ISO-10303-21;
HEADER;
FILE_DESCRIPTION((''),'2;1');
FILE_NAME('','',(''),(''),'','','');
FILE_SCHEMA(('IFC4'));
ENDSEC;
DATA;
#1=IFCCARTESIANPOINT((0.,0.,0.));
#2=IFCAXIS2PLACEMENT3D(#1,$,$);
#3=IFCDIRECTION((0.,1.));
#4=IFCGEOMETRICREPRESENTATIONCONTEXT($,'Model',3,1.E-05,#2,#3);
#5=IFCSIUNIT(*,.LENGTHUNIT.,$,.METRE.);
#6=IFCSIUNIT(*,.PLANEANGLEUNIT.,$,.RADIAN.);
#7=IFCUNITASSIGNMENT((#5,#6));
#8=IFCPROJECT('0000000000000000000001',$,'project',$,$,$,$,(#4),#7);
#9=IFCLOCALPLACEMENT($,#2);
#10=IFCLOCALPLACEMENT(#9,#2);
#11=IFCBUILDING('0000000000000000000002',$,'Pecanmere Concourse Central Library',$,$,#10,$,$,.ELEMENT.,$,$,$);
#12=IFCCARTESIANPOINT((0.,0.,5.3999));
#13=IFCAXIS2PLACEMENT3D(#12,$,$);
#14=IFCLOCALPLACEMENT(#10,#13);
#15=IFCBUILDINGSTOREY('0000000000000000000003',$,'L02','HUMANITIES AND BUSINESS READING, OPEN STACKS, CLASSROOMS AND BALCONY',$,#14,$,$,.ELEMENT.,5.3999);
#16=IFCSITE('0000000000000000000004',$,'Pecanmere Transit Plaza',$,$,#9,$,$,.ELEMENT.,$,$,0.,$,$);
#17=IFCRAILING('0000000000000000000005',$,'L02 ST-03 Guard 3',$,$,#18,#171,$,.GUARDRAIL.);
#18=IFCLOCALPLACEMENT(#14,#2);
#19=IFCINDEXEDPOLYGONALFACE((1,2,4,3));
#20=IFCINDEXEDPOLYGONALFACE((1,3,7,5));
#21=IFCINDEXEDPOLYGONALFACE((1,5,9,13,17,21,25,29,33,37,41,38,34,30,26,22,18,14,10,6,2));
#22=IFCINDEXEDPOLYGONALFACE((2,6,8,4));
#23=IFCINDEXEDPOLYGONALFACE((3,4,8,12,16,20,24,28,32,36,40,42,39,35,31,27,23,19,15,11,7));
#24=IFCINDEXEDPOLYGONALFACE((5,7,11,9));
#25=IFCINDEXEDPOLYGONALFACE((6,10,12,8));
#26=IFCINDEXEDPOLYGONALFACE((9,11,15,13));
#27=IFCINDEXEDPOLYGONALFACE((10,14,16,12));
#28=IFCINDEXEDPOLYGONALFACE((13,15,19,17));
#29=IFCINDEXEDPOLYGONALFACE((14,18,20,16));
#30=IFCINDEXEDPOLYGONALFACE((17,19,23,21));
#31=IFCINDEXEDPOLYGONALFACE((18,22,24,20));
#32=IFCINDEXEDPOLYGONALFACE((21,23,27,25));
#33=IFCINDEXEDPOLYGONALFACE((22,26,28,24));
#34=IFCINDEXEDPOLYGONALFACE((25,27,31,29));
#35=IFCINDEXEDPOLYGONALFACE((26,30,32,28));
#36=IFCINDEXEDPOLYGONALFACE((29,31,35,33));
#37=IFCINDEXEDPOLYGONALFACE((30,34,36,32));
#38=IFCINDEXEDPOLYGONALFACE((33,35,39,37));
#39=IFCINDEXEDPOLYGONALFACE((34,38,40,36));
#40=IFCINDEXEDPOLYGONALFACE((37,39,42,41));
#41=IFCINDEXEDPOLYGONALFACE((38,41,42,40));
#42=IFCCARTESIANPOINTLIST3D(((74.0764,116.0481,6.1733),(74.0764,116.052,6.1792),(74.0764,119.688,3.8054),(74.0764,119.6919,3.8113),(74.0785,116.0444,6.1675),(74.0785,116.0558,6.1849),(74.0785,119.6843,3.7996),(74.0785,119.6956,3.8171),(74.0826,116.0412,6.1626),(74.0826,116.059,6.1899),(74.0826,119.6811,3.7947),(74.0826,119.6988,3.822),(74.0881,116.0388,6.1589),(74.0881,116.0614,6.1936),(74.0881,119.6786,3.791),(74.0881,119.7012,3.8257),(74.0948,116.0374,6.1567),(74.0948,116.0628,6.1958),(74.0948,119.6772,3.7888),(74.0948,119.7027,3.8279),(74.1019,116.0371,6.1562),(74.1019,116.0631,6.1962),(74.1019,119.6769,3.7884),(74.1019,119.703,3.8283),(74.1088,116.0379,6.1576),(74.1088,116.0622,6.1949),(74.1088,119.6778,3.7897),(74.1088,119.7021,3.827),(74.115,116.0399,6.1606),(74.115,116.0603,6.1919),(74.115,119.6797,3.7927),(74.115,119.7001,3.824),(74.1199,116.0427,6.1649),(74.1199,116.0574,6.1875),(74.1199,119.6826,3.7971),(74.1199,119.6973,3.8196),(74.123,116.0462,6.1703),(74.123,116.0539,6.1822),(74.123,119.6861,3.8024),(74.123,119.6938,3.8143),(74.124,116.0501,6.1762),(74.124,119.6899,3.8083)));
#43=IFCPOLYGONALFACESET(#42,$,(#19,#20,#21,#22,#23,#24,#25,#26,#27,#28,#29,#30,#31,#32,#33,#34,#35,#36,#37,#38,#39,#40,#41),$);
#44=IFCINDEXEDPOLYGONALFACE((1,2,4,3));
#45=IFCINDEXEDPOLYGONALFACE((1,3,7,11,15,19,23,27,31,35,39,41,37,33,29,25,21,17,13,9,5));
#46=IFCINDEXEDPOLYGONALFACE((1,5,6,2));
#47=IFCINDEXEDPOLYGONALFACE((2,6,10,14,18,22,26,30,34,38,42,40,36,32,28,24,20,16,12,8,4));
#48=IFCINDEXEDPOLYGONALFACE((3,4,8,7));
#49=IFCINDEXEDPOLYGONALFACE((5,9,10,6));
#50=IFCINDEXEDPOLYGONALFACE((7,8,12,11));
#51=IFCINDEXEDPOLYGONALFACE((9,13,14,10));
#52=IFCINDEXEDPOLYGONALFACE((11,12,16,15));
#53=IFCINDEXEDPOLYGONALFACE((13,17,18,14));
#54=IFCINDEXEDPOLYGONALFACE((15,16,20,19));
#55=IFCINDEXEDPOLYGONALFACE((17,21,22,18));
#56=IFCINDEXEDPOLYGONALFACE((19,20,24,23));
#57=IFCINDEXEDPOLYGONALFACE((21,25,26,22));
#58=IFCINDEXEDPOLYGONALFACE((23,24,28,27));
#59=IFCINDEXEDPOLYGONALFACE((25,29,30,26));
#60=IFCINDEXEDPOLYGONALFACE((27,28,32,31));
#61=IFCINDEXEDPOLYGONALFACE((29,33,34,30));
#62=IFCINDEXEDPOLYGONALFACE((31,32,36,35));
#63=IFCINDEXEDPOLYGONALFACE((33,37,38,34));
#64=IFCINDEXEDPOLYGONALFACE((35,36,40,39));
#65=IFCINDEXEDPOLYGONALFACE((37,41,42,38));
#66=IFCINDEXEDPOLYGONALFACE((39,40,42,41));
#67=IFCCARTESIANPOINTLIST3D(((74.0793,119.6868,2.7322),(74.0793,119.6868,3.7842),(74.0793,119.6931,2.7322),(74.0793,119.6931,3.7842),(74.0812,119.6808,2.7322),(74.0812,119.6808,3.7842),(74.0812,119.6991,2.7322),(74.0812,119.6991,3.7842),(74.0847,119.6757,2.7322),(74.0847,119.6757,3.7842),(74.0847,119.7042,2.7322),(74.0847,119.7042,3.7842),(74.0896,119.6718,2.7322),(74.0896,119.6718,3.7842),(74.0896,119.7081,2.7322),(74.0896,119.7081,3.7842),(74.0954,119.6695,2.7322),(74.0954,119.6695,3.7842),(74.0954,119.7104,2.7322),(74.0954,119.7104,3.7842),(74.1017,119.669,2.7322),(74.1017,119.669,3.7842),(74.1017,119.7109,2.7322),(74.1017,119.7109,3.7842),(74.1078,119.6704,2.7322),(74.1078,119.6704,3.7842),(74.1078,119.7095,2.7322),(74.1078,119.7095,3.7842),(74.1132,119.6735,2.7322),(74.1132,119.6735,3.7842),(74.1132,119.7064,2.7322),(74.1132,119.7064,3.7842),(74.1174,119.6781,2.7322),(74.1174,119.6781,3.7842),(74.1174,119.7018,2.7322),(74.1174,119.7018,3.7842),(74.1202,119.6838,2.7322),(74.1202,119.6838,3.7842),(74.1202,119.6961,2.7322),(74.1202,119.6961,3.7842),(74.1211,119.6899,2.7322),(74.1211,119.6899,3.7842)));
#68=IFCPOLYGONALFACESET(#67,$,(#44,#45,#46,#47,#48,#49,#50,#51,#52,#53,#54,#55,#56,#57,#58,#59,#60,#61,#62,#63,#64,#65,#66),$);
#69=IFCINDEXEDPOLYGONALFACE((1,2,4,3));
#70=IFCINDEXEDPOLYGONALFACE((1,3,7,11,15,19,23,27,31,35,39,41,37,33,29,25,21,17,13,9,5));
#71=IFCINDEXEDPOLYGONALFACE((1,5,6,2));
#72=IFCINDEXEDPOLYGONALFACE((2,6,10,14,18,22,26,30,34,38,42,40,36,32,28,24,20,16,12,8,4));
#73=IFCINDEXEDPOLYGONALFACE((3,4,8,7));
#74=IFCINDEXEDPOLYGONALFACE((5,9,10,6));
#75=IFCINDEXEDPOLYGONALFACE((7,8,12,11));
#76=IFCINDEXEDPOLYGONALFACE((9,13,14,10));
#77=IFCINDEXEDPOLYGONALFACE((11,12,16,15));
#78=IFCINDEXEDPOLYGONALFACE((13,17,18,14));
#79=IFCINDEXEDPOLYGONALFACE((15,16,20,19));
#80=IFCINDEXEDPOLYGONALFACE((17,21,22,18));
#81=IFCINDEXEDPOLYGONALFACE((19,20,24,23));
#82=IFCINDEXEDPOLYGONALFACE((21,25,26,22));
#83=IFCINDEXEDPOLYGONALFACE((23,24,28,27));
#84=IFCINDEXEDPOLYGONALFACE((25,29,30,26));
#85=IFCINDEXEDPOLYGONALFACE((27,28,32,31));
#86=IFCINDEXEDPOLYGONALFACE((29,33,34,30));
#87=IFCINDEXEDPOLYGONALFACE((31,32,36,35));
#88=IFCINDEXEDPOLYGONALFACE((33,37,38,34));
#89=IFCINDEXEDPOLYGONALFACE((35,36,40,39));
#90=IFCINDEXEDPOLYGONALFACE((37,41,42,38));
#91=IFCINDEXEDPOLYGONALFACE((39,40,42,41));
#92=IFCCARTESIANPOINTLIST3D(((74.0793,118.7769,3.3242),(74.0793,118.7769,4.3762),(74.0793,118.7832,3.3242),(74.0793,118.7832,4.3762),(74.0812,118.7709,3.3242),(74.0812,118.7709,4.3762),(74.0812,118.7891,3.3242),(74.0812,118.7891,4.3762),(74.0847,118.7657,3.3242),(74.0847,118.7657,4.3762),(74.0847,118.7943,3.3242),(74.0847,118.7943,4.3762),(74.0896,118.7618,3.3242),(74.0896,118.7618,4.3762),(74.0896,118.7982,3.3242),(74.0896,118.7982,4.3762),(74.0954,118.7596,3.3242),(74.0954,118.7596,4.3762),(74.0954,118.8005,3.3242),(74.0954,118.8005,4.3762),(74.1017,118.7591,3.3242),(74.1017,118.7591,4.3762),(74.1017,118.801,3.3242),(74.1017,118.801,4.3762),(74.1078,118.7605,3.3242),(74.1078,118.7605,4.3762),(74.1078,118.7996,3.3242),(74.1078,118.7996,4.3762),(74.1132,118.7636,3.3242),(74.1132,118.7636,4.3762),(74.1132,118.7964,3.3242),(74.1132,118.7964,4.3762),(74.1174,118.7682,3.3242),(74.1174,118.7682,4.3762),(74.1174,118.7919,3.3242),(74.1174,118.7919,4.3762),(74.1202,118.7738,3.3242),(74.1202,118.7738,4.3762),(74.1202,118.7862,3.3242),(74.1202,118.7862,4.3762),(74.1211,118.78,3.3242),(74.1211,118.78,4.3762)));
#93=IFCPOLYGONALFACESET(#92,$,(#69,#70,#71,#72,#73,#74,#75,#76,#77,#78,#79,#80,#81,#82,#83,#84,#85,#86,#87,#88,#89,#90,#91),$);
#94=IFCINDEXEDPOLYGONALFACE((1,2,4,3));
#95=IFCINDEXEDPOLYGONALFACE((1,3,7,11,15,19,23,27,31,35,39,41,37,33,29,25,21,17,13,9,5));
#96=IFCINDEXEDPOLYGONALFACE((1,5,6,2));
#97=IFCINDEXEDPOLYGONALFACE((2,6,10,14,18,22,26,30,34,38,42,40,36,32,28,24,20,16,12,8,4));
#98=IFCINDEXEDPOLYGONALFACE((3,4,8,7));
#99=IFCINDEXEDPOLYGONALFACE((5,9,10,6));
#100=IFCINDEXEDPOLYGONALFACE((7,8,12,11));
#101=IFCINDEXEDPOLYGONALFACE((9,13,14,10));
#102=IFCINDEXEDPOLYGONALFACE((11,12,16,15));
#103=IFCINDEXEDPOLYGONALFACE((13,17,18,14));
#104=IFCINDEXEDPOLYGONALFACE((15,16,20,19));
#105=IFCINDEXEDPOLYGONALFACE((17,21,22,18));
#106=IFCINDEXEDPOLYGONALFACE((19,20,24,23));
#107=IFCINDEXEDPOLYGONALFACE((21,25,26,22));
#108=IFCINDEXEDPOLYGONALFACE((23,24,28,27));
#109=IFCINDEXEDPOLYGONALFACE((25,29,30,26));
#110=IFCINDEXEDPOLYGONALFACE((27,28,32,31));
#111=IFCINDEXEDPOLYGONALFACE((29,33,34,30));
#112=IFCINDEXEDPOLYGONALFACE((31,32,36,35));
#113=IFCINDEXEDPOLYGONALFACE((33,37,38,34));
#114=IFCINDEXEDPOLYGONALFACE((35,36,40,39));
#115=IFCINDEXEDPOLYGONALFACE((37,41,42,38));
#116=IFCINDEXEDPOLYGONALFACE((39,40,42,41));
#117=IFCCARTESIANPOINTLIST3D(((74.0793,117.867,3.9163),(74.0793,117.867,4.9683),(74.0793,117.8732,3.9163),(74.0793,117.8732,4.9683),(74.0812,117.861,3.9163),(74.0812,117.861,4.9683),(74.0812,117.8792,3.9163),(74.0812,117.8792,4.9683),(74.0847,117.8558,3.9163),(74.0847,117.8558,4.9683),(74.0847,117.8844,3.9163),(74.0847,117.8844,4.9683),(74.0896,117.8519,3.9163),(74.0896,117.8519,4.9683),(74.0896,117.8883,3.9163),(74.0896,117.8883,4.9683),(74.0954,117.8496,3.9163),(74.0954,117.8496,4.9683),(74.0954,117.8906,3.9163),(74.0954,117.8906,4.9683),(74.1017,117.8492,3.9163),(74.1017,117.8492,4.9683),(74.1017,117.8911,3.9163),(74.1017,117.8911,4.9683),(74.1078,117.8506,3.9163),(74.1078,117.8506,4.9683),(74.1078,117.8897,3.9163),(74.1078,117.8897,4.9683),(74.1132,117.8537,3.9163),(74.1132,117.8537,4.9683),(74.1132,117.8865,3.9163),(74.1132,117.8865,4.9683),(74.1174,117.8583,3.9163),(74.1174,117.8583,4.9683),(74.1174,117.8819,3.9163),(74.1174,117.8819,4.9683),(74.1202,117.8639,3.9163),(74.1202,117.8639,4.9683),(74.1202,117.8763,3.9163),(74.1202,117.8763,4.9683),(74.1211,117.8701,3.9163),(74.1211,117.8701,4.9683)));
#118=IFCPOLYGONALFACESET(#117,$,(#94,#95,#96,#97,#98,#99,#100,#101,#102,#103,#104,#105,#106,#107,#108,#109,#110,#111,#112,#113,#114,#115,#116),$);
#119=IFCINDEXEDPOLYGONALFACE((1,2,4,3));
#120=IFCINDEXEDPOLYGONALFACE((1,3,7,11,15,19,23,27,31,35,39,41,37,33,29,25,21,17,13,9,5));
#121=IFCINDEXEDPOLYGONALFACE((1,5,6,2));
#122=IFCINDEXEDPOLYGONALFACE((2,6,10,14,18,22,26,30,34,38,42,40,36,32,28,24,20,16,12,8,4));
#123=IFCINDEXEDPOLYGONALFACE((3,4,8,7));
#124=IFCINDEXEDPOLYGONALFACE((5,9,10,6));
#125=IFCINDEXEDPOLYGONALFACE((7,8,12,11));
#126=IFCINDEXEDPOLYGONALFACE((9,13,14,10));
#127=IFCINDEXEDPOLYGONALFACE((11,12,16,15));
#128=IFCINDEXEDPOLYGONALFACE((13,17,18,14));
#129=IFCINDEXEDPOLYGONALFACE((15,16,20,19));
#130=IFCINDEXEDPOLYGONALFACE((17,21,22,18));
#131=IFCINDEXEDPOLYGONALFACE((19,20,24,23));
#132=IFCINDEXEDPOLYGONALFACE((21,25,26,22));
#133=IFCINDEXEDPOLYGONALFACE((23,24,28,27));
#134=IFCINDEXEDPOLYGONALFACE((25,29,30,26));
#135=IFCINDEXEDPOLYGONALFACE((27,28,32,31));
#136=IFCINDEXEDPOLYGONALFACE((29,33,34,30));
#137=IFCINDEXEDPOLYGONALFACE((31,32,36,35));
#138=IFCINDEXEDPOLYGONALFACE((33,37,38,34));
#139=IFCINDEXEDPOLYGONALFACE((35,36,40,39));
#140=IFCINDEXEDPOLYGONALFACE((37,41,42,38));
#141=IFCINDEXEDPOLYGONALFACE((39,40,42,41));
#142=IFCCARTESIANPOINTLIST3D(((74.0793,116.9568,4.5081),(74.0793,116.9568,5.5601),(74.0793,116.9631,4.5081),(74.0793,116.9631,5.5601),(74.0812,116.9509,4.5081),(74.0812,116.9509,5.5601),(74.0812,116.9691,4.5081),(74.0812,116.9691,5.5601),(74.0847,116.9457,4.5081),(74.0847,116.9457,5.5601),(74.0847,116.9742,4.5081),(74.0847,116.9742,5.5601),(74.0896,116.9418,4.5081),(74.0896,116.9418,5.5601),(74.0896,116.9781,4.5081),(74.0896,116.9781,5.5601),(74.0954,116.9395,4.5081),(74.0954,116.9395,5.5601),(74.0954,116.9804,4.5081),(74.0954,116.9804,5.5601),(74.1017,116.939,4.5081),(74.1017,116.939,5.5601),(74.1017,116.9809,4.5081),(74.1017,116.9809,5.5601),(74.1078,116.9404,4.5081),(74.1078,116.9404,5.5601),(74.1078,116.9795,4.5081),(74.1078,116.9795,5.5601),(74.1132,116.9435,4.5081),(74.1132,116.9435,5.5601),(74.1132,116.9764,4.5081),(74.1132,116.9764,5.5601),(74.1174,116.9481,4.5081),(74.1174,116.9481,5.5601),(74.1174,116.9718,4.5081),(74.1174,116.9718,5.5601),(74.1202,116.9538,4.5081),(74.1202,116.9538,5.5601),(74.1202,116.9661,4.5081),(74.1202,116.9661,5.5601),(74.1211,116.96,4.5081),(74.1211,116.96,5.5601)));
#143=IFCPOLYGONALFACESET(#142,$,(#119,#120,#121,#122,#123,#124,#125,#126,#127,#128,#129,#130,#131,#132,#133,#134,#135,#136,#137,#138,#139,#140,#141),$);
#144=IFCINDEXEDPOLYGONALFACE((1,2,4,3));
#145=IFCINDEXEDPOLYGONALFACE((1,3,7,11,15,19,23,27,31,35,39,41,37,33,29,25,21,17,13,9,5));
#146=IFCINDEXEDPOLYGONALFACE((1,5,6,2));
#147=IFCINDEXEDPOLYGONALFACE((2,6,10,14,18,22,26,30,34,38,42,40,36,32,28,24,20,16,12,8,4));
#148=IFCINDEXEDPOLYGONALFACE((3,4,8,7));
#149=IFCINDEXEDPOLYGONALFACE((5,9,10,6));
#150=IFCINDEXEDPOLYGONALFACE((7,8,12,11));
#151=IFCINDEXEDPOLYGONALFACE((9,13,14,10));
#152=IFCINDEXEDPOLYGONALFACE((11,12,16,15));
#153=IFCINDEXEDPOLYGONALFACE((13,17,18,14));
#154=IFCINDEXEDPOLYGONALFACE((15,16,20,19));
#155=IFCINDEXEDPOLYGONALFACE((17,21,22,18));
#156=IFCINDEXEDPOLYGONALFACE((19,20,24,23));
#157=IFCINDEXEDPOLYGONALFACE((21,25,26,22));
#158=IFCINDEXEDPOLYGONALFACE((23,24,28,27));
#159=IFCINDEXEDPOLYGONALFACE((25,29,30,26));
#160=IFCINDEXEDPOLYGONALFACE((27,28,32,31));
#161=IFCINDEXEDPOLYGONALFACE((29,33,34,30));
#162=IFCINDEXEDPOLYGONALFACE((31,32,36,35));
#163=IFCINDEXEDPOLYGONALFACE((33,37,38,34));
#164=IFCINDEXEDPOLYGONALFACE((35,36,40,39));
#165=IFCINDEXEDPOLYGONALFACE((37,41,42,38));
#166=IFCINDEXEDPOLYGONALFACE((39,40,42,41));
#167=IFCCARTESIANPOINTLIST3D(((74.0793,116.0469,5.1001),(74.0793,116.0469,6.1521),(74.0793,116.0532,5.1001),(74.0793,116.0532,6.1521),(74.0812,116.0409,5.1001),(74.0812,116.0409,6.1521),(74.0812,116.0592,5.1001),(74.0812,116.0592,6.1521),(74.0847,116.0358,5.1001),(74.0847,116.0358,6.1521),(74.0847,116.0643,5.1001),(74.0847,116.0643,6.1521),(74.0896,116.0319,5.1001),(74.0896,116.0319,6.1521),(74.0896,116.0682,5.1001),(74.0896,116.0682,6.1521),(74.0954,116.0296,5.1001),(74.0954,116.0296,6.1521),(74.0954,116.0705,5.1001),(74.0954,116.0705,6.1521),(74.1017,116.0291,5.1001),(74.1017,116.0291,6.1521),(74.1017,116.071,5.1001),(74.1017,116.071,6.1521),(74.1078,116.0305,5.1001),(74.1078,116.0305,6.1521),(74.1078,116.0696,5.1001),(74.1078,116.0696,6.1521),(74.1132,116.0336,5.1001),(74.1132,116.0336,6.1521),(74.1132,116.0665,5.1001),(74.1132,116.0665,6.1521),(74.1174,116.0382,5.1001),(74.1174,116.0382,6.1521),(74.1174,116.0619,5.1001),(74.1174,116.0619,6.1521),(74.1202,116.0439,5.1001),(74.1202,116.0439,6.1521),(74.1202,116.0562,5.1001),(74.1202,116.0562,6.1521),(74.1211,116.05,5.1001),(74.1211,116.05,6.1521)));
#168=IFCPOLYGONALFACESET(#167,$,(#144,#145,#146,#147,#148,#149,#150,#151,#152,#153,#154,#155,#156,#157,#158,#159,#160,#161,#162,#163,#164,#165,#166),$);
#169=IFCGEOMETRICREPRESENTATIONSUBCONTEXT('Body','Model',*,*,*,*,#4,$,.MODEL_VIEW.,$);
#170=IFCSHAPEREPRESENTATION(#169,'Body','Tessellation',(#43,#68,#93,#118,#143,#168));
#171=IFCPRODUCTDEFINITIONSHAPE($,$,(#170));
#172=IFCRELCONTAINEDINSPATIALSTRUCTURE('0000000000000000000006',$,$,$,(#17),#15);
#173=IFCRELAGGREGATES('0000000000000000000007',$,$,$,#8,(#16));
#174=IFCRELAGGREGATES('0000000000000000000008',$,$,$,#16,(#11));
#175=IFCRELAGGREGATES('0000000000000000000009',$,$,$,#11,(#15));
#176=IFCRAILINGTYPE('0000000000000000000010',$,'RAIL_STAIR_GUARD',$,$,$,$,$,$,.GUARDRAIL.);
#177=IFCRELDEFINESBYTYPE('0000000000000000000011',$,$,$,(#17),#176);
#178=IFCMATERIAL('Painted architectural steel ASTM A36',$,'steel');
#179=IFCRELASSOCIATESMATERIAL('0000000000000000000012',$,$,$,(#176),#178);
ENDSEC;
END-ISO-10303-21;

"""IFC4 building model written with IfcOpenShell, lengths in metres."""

from ifc_helpers import new_model, si_unit, direction, frame, origin, origin_2d, place, context, subcontext, project, spatial, circle, extrude, material, type_object, element, save


model = new_model("IFC4")

# Units and contexts
model_context = context("Model", 3, precision=1e-05, world=origin(), true_north=direction((0.0, 1.0)))
body_context = subcontext(model_context, "Body", "Model", "MODEL_VIEW")
ifc_project = project(units=[si_unit("LENGTHUNIT", "METRE"), si_unit("PLANEANGLEUNIT", "RADIAN")], contexts=[model_context])

# Site, building, storey
site_placement = place(None, origin())
site = spatial("IfcSite", under=ifc_project, at=site_placement, Name="Pecanmere Transit Plaza", CompositionType="ELEMENT", RefElevation=0.0)
building_placement = place(site_placement, origin())
building = spatial("IfcBuilding", under=site, at=building_placement, Name="Pecanmere Concourse Central Library", CompositionType="ELEMENT")
storey_placement = place(building_placement, frame((0.0, 0.0, 5.3999)))
storey = spatial("IfcBuildingStorey", under=building, at=storey_placement, Name="L02", Description="HUMANITIES AND BUSINESS READING, OPEN STACKS, CLASSROOMS AND BALCONY", CompositionType="ELEMENT", Elevation=5.3999)

# Railing
ifc_material_1 = material(Name="Painted architectural steel ASTM A36", Category="steel")
railing_type_1 = type_object("IfcRailingType", Name="RAIL_STAIR_GUARD", PredefinedType="GUARDRAIL", material=ifc_material_1)
railing_1_placement = place(storey_placement, frame((74.1001, 119.6899, 2.7322)))
element("IfcRailing", 1, at=railing_1_placement, inside=storey, type_object=railing_type_1, Name="L02 ST-03 Guard 3", PredefinedType="GUARDRAIL", context=body_context, shape_type="SweptSolid", body=[
    extrude(circle(Radius=0.0239, at=origin_2d()), frame((0.0, 0.0, 1.0762), z_axis=(0.0, -0.838234, 0.54531), x_axis=(1.0, 0.0, 0.0)), (0.0, 0.0, 1.0), 4.3423),
    extrude(circle(Radius=0.021, at=origin_2d()), origin(), (0.0, 0.0, 1.0), 1.052),
    extrude(circle(Radius=0.021, at=origin_2d()), frame((0.0, -0.9099, 0.592)), (0.0, 0.0, 1.0), 1.052),
    extrude(circle(Radius=0.021, at=origin_2d()), frame((0.0, -1.8198, 1.1841)), (0.0, 0.0, 1.0), 1.052),
    extrude(circle(Radius=0.021, at=origin_2d()), frame((0.0, -2.73, 1.7759)), (0.0, 0.0, 1.0), 1.052),
    extrude(circle(Radius=0.021, at=origin_2d()), frame((0.0, -3.6399, 2.3679)), (0.0, 0.0, 1.0), 1.052),
])

save(model, "model.ifc")
